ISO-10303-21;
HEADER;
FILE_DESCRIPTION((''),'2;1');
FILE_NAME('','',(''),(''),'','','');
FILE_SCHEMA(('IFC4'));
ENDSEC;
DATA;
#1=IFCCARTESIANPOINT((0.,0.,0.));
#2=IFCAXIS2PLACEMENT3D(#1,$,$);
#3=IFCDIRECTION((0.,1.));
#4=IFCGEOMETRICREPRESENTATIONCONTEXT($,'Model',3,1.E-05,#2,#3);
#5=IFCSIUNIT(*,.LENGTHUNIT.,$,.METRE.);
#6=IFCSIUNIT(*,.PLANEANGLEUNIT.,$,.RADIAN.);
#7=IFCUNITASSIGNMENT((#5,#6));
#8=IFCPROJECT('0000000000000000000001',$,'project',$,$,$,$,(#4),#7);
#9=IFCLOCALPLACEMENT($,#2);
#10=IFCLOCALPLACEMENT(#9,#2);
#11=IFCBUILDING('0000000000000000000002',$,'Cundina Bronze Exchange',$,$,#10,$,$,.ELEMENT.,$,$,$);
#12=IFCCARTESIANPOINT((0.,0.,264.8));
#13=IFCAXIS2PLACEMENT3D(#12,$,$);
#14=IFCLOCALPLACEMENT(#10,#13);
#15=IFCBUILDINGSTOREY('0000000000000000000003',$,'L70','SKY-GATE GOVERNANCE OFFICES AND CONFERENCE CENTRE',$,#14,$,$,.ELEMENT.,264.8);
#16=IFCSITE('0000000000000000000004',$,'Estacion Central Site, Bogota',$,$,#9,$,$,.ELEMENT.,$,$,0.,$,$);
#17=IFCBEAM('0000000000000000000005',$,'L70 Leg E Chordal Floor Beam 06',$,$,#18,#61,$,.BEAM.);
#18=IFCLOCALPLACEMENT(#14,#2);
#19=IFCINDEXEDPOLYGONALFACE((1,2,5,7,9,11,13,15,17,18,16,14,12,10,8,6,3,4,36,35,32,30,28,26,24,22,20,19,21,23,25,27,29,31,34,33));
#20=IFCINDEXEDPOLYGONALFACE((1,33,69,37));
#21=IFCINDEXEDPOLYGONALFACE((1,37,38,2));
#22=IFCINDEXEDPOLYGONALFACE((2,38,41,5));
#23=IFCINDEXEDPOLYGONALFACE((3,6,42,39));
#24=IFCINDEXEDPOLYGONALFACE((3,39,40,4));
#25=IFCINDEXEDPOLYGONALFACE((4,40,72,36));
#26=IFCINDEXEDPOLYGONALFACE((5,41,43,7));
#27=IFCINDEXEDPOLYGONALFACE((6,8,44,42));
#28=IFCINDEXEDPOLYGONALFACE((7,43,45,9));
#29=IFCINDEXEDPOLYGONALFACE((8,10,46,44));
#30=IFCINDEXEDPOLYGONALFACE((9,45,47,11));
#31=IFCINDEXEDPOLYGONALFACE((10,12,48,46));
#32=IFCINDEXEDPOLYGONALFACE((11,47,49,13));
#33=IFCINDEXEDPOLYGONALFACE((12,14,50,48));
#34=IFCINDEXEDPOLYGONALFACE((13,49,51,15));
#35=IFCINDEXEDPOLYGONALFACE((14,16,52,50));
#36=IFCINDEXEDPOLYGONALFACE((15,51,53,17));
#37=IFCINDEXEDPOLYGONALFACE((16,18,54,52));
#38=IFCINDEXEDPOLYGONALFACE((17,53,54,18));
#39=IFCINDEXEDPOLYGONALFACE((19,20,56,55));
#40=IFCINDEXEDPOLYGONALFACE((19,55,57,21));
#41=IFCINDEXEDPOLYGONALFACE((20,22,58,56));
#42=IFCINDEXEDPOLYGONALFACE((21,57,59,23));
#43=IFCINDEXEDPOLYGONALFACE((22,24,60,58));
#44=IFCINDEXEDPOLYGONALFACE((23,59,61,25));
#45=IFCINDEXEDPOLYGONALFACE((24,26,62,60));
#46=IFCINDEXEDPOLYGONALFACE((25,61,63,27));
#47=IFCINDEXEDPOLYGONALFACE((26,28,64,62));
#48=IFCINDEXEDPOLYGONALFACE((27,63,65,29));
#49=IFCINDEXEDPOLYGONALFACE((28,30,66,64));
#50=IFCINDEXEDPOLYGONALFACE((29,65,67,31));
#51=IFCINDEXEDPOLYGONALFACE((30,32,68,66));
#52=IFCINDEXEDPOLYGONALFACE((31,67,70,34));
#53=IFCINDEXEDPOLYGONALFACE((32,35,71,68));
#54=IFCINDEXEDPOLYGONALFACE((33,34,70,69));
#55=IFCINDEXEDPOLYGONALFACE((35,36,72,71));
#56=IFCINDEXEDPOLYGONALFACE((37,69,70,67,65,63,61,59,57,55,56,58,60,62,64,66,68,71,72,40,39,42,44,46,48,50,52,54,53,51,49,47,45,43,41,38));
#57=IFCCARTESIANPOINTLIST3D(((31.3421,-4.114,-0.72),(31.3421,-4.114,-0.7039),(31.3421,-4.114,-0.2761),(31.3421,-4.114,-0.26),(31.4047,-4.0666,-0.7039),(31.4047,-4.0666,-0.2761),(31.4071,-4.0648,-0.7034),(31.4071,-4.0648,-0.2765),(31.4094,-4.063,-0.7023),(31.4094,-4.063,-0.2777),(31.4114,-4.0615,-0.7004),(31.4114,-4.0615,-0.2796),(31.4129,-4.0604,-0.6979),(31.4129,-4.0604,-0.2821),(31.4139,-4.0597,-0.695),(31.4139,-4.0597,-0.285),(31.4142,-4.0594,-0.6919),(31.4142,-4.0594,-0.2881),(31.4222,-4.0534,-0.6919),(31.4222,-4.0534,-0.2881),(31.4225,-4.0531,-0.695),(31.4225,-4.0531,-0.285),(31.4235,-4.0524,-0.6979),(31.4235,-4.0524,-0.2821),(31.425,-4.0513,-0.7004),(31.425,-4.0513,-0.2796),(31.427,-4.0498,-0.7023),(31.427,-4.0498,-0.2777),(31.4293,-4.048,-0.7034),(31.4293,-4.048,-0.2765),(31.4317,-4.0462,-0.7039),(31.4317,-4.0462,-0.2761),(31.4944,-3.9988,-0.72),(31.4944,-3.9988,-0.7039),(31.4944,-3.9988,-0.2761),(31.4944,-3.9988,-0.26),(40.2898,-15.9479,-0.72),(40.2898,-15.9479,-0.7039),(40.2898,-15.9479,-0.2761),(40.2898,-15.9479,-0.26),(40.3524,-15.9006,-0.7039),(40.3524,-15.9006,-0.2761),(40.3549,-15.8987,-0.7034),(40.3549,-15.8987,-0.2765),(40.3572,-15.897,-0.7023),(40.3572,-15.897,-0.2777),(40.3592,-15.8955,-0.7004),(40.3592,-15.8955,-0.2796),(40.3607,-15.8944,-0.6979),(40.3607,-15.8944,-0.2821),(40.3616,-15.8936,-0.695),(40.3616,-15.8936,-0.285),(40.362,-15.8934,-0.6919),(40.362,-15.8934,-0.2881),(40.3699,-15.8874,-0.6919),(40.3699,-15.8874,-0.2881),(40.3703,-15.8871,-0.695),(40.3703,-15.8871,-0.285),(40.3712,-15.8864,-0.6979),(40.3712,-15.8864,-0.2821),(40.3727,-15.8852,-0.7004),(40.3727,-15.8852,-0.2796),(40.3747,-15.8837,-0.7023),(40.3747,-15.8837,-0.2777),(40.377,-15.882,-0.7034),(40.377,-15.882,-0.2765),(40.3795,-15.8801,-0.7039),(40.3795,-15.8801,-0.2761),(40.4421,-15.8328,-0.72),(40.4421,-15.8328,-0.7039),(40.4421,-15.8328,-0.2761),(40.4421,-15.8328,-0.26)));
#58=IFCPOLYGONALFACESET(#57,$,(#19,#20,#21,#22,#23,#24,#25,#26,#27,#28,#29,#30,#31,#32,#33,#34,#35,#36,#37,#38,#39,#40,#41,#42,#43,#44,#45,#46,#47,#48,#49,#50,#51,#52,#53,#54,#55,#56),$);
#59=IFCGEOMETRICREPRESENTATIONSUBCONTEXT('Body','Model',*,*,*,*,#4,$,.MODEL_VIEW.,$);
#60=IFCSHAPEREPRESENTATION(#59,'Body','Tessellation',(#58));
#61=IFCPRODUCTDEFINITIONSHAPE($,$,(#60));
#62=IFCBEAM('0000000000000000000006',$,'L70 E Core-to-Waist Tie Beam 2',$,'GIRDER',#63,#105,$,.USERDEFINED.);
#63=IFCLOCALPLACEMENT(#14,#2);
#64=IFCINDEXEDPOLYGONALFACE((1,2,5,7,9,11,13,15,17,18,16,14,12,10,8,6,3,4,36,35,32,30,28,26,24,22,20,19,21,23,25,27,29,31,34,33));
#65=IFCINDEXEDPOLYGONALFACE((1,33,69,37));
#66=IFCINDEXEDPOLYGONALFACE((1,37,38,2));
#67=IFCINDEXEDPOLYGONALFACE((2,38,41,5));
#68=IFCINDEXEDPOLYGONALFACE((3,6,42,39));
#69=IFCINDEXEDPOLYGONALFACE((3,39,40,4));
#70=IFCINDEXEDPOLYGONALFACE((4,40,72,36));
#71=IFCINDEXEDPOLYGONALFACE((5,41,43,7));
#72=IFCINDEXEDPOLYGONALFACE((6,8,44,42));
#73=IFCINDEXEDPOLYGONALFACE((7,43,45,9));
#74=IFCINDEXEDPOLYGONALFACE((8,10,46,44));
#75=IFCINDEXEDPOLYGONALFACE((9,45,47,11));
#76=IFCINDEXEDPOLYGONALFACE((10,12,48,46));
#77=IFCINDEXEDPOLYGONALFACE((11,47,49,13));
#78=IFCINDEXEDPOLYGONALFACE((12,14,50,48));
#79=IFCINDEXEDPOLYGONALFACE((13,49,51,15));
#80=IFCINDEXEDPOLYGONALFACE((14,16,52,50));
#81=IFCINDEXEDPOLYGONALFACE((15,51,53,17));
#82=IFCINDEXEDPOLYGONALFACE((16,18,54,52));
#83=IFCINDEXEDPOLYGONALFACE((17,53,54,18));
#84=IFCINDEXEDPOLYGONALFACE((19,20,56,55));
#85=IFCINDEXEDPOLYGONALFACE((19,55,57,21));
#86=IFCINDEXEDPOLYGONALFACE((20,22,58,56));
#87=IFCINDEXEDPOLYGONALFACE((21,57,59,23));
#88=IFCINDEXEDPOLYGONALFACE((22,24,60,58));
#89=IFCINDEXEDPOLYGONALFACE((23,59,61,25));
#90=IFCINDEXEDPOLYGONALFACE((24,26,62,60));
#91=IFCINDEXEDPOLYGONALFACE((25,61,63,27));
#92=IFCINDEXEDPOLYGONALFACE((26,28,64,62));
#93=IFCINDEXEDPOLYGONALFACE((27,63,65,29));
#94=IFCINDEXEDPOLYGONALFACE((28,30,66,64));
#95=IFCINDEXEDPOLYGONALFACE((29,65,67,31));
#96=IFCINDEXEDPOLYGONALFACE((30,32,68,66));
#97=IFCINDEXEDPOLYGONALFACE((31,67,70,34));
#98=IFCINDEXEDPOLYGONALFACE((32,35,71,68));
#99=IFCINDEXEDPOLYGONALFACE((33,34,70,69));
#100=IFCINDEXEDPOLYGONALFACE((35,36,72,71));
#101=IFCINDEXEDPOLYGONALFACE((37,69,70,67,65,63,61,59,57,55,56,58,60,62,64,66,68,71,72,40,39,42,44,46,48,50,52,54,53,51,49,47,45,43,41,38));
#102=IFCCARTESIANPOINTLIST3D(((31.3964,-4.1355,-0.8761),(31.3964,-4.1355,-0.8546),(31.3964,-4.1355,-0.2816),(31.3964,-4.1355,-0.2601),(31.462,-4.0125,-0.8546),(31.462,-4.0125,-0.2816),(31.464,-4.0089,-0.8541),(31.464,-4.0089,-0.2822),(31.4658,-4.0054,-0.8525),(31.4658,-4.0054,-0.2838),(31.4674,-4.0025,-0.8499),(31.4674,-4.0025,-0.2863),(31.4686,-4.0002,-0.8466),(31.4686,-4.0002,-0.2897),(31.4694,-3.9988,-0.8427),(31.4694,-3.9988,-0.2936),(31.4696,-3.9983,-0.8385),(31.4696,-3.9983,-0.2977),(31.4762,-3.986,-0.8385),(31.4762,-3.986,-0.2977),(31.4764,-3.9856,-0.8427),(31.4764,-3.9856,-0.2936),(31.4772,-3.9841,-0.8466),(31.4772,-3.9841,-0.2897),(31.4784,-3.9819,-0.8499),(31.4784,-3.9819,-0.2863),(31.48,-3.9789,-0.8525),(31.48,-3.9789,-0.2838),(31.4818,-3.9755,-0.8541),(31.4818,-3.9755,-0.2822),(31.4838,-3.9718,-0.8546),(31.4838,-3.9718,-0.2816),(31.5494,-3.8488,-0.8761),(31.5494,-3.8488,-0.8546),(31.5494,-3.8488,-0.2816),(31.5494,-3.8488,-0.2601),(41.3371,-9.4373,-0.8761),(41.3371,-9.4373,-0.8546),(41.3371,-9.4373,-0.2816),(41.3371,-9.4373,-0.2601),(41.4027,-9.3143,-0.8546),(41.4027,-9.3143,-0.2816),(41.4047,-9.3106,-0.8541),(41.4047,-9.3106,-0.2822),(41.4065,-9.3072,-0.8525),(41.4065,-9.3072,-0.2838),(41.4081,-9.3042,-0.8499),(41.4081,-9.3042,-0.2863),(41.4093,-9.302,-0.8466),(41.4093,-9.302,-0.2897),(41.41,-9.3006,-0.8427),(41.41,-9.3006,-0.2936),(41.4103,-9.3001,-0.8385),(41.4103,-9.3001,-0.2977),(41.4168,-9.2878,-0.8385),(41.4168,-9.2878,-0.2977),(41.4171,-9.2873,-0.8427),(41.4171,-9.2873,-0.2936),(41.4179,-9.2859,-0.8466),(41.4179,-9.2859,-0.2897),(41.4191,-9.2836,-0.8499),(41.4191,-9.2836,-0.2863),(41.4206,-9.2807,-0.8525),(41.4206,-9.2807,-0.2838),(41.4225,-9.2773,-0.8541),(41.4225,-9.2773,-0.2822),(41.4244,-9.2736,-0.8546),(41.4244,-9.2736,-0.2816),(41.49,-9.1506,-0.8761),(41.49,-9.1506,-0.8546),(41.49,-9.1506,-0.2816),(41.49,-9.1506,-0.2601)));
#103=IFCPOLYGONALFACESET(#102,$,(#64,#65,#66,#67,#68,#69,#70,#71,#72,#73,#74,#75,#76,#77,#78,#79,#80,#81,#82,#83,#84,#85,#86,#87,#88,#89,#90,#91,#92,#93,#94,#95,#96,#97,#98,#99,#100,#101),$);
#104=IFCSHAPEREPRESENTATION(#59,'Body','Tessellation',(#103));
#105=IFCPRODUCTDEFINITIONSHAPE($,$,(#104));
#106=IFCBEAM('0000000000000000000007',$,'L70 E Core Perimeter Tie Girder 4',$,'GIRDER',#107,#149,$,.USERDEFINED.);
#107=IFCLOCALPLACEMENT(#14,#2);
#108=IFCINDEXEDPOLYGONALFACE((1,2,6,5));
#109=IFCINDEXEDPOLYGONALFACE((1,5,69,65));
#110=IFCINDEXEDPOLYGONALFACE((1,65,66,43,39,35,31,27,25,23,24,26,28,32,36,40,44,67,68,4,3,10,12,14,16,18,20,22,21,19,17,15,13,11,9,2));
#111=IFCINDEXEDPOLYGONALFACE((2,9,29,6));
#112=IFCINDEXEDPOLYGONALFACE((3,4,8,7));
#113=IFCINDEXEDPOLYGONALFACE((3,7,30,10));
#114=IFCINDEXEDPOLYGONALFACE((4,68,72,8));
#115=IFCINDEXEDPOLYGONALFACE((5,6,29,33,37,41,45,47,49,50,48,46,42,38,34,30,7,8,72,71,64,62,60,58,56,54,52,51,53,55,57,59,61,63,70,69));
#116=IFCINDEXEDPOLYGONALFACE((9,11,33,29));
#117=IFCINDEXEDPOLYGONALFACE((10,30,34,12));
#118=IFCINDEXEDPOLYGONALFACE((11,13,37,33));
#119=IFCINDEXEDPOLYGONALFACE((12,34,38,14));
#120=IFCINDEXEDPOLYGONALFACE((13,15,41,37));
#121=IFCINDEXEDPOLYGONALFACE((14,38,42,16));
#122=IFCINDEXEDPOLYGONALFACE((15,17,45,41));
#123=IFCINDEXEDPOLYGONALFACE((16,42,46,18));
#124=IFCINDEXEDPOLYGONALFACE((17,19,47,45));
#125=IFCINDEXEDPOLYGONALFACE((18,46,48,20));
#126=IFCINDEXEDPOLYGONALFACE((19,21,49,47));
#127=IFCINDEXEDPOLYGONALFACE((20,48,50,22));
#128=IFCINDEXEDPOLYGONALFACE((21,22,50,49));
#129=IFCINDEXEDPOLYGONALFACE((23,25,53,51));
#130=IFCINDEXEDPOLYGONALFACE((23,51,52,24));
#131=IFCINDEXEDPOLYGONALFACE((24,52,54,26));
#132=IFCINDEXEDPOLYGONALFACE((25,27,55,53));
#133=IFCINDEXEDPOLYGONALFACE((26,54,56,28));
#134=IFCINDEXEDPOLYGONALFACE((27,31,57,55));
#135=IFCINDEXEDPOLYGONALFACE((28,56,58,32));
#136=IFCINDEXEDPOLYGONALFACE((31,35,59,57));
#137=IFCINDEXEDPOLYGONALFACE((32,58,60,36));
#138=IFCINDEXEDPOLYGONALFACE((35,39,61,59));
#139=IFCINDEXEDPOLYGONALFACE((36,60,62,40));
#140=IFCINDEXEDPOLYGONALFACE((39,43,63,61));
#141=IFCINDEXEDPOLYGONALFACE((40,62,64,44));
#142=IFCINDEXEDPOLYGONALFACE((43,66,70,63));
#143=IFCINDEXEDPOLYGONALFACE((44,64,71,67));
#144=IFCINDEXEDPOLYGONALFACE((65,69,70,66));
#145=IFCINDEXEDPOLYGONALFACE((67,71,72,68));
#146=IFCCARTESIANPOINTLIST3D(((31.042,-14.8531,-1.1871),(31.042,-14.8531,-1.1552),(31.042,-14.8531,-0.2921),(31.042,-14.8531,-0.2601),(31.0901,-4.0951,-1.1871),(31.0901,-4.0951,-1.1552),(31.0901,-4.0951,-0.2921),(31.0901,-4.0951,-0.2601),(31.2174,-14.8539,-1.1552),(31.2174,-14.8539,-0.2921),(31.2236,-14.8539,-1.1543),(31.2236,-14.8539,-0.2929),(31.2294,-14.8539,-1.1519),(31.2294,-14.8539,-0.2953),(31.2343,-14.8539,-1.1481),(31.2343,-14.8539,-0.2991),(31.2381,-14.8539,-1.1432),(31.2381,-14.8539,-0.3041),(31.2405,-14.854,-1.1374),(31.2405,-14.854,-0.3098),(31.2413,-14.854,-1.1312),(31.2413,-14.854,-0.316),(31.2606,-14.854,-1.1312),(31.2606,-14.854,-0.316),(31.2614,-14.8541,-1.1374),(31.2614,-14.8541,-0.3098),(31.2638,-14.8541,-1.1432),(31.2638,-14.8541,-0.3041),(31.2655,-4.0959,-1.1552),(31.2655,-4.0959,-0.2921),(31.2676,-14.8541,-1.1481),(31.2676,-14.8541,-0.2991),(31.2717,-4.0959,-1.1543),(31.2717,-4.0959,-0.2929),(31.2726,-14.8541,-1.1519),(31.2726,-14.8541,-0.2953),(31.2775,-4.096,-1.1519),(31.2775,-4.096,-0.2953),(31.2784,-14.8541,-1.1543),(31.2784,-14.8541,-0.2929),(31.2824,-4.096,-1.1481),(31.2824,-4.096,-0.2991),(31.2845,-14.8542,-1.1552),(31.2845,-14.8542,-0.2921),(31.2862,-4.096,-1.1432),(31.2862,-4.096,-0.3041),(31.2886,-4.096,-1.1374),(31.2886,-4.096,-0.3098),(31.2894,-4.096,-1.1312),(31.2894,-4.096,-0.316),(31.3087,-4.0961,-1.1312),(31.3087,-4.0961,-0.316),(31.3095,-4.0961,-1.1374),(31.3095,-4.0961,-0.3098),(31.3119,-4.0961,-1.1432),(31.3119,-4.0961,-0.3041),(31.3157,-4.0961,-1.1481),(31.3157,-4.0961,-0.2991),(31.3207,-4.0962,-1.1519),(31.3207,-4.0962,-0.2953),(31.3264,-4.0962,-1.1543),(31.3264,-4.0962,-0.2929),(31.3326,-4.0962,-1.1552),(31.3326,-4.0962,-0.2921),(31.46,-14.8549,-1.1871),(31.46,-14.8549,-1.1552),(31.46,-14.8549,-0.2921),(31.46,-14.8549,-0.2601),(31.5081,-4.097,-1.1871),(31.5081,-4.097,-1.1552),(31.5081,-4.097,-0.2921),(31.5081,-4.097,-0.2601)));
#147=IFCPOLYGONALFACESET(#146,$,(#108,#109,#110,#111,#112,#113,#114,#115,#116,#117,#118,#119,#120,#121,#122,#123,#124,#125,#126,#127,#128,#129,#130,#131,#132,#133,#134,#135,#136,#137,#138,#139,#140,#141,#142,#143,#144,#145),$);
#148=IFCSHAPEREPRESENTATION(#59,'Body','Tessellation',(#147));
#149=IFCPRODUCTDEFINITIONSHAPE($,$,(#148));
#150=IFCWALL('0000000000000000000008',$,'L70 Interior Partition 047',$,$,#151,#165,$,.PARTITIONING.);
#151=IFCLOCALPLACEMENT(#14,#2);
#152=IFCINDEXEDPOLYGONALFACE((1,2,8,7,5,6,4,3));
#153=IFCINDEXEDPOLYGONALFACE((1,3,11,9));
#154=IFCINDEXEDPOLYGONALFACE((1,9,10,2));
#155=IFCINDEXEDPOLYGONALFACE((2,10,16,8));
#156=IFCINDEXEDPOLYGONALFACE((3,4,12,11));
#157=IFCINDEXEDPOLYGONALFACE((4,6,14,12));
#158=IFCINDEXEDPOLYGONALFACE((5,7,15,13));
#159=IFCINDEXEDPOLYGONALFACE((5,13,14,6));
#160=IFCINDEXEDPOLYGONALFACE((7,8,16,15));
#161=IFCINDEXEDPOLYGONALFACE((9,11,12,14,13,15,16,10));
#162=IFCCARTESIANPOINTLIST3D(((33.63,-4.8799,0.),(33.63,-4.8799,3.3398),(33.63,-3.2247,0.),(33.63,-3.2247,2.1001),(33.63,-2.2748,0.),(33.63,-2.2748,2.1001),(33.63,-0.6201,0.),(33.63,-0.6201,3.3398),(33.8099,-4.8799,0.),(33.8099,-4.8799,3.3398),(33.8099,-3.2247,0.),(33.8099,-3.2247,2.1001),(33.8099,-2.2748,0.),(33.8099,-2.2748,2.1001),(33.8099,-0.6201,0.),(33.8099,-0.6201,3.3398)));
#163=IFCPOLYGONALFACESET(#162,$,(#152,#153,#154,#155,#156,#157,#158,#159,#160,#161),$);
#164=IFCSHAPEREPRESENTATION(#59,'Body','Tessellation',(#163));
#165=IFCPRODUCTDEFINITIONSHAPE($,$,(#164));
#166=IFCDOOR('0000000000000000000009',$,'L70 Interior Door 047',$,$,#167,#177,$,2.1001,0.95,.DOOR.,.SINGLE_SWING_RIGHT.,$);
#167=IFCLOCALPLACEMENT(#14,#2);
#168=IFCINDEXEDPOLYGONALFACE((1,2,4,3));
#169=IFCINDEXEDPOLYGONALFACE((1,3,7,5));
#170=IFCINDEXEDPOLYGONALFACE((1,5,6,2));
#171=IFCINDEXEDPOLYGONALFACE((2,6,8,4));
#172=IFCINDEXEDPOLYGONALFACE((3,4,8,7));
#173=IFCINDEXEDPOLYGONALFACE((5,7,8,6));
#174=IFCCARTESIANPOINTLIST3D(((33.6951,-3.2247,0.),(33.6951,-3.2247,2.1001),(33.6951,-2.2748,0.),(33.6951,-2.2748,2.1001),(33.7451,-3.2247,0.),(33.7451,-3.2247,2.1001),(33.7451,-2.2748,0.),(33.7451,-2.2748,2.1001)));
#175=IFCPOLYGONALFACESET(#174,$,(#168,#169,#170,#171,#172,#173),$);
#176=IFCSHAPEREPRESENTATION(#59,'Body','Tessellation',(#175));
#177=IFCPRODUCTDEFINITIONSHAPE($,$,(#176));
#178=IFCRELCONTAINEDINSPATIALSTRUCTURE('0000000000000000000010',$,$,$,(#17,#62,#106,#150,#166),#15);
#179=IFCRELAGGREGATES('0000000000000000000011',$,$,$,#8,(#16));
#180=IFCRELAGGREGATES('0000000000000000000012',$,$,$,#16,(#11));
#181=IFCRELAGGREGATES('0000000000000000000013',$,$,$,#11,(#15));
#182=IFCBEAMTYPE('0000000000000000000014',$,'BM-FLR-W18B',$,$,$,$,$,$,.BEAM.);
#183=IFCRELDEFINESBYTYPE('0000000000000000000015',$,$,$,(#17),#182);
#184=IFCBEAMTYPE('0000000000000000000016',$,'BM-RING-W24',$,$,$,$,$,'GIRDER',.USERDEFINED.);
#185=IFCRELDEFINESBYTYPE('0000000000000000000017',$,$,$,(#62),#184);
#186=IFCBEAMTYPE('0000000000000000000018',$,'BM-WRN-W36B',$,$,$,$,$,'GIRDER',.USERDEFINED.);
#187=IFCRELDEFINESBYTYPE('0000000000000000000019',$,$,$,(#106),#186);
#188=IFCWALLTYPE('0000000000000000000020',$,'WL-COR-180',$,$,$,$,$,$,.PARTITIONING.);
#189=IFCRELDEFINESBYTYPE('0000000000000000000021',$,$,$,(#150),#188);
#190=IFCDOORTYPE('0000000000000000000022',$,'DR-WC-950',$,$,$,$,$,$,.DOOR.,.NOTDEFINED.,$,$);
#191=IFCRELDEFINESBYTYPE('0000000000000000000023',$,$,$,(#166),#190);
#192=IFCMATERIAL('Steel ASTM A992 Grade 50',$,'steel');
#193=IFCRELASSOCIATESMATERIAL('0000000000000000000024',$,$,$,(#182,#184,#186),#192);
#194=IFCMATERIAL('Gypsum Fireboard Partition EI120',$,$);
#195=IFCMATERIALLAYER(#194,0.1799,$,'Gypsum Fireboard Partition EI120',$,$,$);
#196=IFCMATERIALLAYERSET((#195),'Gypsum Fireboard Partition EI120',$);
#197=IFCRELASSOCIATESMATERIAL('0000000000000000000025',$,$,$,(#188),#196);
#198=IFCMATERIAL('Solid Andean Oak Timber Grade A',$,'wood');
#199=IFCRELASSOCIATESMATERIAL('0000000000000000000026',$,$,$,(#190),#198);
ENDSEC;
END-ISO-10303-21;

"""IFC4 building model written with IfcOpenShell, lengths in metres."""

from ifc_helpers import new_model, si_unit, direction, frame, frame_2d, origin, origin_2d, place, context, subcontext, project, spatial, rectangle, i_section, extrude, material, layer, layer_set, material_profile, profile_set, type_object, element, fill, save


model = new_model("IFC4")

# Units and contexts
model_context = context("Model", 3, precision=1e-05, world=origin(), true_north=direction((0.0, 1.0)))
body_context = subcontext(model_context, "Body", "Model", "MODEL_VIEW")
ifc_project = project(units=[si_unit("LENGTHUNIT", "METRE"), si_unit("PLANEANGLEUNIT", "RADIAN")], contexts=[model_context])

# Site, building, storey
site_placement = place(None, origin())
site = spatial("IfcSite", under=ifc_project, at=site_placement, Name="Estacion Central Site, Bogota", CompositionType="ELEMENT", RefElevation=0.0)
building_placement = place(site_placement, origin())
building = spatial("IfcBuilding", under=site, at=building_placement, Name="Cundina Bronze Exchange", CompositionType="ELEMENT")
storey_placement = place(building_placement, frame((0.0, 0.0, 264.8)))
storey = spatial("IfcBuildingStorey", under=building, at=storey_placement, Name="L70", Description="SKY-GATE GOVERNANCE OFFICES AND CONFERENCE CENTRE", CompositionType="ELEMENT", Elevation=264.8)

# Beams
ifc_material_1 = material(Name="Steel ASTM A992 Grade 50", Category="steel")
ifc_material_profile_1 = material_profile(ifc_material_1, i_section(OverallWidth=0.1909, OverallDepth=0.46, WebThickness=0.01, FlangeThickness=0.0161, FilletRadius=0.012, at=origin_2d()), Name="W18X55", Category="steel")
ifc_profile_set_1 = profile_set([ifc_material_profile_1], Name="Steel ASTM A992 Grade 50")
beam_type_1 = type_object("IfcBeamType", Name="BM-FLR-W18B", PredefinedType="BEAM", material=ifc_profile_set_1)
beam_1_placement = place(storey_placement, frame((31.4182, -4.0564, -0.49), z_axis=(0.603113, -0.797656, 0.0), x_axis=(0.797656, 0.603113, 0.0)))
element("IfcBeam", 1, at=beam_1_placement, inside=storey, type_object=beam_type_1, Name="L70 Leg E Chordal Floor Beam 06", PredefinedType="BEAM", context=body_context, shape_type="SweptSolid", body=[
    extrude(i_section(OverallWidth=0.1909, OverallDepth=0.46, WebThickness=0.01, FlangeThickness=0.0161, FilletRadius=0.012, at=origin_2d()), origin(), (0.0, 0.0, 1.0), 14.8359),
])
ifc_material_profile_2 = material_profile(ifc_material_1, i_section(OverallWidth=0.325, OverallDepth=0.616, WebThickness=0.0139, FlangeThickness=0.0215, FilletRadius=0.0161, at=origin_2d()), Name="W24X117", Category="steel")
ifc_profile_set_2 = profile_set([ifc_material_profile_2], Name="Steel ASTM A992 Grade 50")
beam_type_2 = type_object("IfcBeamType", Name="BM-RING-W24", ElementType="GIRDER", PredefinedType="USERDEFINED", material=ifc_profile_set_2)
beam_2_placement = place(storey_placement, frame((31.4729, -3.9922, -0.5681), z_axis=(0.882351, -0.470593, 0.0), x_axis=(0.470593, 0.882351, 0.0)))
element("IfcBeam", 2, at=beam_2_placement, inside=storey, type_object=beam_type_2, Name="L70 E Core-to-Waist Tie Beam 2", ObjectType="GIRDER", PredefinedType="USERDEFINED", context=body_context, shape_type="SweptSolid", body=[
    extrude(i_section(OverallWidth=0.325, OverallDepth=0.616, WebThickness=0.0139, FlangeThickness=0.0215, FilletRadius=0.0161, at=origin_2d()), origin(), (0.0, 0.0, 1.0), 11.2661),
])
ifc_material_profile_3 = material_profile(ifc_material_1, i_section(OverallWidth=0.418, OverallDepth=0.927, WebThickness=0.0193, FlangeThickness=0.032, FilletRadius=0.0239, at=origin_2d()), Name="W36X231", Category="steel")
ifc_profile_set_3 = profile_set([ifc_material_profile_3], Name="Steel ASTM A992 Grade 50")
beam_type_3 = type_object("IfcBeamType", Name="BM-WRN-W36B", ElementType="GIRDER", PredefinedType="USERDEFINED", material=ifc_profile_set_3)
beam_3_placement = place(storey_placement, frame((31.251, -14.854, -0.7236), z_axis=(0.004471, 0.99999, 0.0), x_axis=(-0.99999, 0.004471, 0.0)))
element("IfcBeam", 3, at=beam_3_placement, inside=storey, type_object=beam_type_3, Name="L70 E Core Perimeter Tie Girder 4", ObjectType="GIRDER", PredefinedType="USERDEFINED", context=body_context, shape_type="SweptSolid", body=[
    extrude(i_section(OverallWidth=0.418, OverallDepth=0.927, WebThickness=0.0193, FlangeThickness=0.032, FilletRadius=0.0239, at=origin_2d()), origin(), (0.0, 0.0, 1.0), 10.7581),
])

# Wall, opening, door
ifc_material_2 = material(Name="Gypsum Fireboard Partition EI120")
ifc_layer_1 = layer(ifc_material_2, 0.1799, Name="Gypsum Fireboard Partition EI120")
ifc_layer_set_1 = layer_set([ifc_layer_1], Name="Gypsum Fireboard Partition EI120")
wall_type_1 = type_object("IfcWallType", Name="WL-COR-180", PredefinedType="PARTITIONING", material=ifc_layer_set_1)
wall_1_placement = place(storey_placement, frame((33.72, -4.8799, 0.0), z_axis=(0.0, 0.0, 1.0), x_axis=(0.0, 1.0, 0.0)))
wall_1 = element("IfcWall", 4, at=wall_1_placement, inside=storey, type_object=wall_type_1, Name="L70 Interior Partition 047", PredefinedType="PARTITIONING", context=body_context, shape_type="SweptSolid", body=[
    extrude(rectangle(XDim=4.2598, YDim=0.1799, at=frame_2d((2.1299, 0.0))), origin(), (0.0, 0.0, 1.0), 3.3398),
])
opening_1_placement = place(wall_1_placement, frame((1.655, 0.0, 0.0)))
opening_1 = element("IfcOpeningElement", 5, at=opening_1_placement, cuts=wall_1, PredefinedType="OPENING", context=body_context, shape_type="SweptSolid", body=[
    extrude(rectangle(XDim=0.95, YDim=2.1001, at=frame_2d((0.4751, 1.05))), frame((0.0, 0.0999, 0.0), z_axis=(0.0, -1.0, 0.0), x_axis=(1.0, 0.0, 0.0)), (0.0, 0.0, 1.0), 0.2),
])
ifc_material_3 = material(Name="Solid Andean Oak Timber Grade A", Category="wood")
door_type_1 = type_object("IfcDoorType", Name="DR-WC-950", OperationType="NOTDEFINED", PredefinedType="DOOR", material=ifc_material_3)
door_1_placement = place(opening_1_placement, origin())
door_1 = element("IfcDoor", 6, at=door_1_placement, inside=storey, type_object=door_type_1, Name="L70 Interior Door 047", OperationType="SINGLE_SWING_RIGHT", OverallHeight=2.1001, OverallWidth=0.95, PredefinedType="DOOR", context=body_context, shape_type="SweptSolid", body=[
    extrude(rectangle(XDim=0.95, YDim=2.1001, at=frame_2d((0.4751, 1.05))), frame((0.0, 0.0249, 0.0), z_axis=(0.0, -1.0, 0.0), x_axis=(1.0, 0.0, 0.0)), (0.0, 0.0, 1.0), 0.05),
])
fill(opening_1, door_1)

save(model, "model.ifc")
